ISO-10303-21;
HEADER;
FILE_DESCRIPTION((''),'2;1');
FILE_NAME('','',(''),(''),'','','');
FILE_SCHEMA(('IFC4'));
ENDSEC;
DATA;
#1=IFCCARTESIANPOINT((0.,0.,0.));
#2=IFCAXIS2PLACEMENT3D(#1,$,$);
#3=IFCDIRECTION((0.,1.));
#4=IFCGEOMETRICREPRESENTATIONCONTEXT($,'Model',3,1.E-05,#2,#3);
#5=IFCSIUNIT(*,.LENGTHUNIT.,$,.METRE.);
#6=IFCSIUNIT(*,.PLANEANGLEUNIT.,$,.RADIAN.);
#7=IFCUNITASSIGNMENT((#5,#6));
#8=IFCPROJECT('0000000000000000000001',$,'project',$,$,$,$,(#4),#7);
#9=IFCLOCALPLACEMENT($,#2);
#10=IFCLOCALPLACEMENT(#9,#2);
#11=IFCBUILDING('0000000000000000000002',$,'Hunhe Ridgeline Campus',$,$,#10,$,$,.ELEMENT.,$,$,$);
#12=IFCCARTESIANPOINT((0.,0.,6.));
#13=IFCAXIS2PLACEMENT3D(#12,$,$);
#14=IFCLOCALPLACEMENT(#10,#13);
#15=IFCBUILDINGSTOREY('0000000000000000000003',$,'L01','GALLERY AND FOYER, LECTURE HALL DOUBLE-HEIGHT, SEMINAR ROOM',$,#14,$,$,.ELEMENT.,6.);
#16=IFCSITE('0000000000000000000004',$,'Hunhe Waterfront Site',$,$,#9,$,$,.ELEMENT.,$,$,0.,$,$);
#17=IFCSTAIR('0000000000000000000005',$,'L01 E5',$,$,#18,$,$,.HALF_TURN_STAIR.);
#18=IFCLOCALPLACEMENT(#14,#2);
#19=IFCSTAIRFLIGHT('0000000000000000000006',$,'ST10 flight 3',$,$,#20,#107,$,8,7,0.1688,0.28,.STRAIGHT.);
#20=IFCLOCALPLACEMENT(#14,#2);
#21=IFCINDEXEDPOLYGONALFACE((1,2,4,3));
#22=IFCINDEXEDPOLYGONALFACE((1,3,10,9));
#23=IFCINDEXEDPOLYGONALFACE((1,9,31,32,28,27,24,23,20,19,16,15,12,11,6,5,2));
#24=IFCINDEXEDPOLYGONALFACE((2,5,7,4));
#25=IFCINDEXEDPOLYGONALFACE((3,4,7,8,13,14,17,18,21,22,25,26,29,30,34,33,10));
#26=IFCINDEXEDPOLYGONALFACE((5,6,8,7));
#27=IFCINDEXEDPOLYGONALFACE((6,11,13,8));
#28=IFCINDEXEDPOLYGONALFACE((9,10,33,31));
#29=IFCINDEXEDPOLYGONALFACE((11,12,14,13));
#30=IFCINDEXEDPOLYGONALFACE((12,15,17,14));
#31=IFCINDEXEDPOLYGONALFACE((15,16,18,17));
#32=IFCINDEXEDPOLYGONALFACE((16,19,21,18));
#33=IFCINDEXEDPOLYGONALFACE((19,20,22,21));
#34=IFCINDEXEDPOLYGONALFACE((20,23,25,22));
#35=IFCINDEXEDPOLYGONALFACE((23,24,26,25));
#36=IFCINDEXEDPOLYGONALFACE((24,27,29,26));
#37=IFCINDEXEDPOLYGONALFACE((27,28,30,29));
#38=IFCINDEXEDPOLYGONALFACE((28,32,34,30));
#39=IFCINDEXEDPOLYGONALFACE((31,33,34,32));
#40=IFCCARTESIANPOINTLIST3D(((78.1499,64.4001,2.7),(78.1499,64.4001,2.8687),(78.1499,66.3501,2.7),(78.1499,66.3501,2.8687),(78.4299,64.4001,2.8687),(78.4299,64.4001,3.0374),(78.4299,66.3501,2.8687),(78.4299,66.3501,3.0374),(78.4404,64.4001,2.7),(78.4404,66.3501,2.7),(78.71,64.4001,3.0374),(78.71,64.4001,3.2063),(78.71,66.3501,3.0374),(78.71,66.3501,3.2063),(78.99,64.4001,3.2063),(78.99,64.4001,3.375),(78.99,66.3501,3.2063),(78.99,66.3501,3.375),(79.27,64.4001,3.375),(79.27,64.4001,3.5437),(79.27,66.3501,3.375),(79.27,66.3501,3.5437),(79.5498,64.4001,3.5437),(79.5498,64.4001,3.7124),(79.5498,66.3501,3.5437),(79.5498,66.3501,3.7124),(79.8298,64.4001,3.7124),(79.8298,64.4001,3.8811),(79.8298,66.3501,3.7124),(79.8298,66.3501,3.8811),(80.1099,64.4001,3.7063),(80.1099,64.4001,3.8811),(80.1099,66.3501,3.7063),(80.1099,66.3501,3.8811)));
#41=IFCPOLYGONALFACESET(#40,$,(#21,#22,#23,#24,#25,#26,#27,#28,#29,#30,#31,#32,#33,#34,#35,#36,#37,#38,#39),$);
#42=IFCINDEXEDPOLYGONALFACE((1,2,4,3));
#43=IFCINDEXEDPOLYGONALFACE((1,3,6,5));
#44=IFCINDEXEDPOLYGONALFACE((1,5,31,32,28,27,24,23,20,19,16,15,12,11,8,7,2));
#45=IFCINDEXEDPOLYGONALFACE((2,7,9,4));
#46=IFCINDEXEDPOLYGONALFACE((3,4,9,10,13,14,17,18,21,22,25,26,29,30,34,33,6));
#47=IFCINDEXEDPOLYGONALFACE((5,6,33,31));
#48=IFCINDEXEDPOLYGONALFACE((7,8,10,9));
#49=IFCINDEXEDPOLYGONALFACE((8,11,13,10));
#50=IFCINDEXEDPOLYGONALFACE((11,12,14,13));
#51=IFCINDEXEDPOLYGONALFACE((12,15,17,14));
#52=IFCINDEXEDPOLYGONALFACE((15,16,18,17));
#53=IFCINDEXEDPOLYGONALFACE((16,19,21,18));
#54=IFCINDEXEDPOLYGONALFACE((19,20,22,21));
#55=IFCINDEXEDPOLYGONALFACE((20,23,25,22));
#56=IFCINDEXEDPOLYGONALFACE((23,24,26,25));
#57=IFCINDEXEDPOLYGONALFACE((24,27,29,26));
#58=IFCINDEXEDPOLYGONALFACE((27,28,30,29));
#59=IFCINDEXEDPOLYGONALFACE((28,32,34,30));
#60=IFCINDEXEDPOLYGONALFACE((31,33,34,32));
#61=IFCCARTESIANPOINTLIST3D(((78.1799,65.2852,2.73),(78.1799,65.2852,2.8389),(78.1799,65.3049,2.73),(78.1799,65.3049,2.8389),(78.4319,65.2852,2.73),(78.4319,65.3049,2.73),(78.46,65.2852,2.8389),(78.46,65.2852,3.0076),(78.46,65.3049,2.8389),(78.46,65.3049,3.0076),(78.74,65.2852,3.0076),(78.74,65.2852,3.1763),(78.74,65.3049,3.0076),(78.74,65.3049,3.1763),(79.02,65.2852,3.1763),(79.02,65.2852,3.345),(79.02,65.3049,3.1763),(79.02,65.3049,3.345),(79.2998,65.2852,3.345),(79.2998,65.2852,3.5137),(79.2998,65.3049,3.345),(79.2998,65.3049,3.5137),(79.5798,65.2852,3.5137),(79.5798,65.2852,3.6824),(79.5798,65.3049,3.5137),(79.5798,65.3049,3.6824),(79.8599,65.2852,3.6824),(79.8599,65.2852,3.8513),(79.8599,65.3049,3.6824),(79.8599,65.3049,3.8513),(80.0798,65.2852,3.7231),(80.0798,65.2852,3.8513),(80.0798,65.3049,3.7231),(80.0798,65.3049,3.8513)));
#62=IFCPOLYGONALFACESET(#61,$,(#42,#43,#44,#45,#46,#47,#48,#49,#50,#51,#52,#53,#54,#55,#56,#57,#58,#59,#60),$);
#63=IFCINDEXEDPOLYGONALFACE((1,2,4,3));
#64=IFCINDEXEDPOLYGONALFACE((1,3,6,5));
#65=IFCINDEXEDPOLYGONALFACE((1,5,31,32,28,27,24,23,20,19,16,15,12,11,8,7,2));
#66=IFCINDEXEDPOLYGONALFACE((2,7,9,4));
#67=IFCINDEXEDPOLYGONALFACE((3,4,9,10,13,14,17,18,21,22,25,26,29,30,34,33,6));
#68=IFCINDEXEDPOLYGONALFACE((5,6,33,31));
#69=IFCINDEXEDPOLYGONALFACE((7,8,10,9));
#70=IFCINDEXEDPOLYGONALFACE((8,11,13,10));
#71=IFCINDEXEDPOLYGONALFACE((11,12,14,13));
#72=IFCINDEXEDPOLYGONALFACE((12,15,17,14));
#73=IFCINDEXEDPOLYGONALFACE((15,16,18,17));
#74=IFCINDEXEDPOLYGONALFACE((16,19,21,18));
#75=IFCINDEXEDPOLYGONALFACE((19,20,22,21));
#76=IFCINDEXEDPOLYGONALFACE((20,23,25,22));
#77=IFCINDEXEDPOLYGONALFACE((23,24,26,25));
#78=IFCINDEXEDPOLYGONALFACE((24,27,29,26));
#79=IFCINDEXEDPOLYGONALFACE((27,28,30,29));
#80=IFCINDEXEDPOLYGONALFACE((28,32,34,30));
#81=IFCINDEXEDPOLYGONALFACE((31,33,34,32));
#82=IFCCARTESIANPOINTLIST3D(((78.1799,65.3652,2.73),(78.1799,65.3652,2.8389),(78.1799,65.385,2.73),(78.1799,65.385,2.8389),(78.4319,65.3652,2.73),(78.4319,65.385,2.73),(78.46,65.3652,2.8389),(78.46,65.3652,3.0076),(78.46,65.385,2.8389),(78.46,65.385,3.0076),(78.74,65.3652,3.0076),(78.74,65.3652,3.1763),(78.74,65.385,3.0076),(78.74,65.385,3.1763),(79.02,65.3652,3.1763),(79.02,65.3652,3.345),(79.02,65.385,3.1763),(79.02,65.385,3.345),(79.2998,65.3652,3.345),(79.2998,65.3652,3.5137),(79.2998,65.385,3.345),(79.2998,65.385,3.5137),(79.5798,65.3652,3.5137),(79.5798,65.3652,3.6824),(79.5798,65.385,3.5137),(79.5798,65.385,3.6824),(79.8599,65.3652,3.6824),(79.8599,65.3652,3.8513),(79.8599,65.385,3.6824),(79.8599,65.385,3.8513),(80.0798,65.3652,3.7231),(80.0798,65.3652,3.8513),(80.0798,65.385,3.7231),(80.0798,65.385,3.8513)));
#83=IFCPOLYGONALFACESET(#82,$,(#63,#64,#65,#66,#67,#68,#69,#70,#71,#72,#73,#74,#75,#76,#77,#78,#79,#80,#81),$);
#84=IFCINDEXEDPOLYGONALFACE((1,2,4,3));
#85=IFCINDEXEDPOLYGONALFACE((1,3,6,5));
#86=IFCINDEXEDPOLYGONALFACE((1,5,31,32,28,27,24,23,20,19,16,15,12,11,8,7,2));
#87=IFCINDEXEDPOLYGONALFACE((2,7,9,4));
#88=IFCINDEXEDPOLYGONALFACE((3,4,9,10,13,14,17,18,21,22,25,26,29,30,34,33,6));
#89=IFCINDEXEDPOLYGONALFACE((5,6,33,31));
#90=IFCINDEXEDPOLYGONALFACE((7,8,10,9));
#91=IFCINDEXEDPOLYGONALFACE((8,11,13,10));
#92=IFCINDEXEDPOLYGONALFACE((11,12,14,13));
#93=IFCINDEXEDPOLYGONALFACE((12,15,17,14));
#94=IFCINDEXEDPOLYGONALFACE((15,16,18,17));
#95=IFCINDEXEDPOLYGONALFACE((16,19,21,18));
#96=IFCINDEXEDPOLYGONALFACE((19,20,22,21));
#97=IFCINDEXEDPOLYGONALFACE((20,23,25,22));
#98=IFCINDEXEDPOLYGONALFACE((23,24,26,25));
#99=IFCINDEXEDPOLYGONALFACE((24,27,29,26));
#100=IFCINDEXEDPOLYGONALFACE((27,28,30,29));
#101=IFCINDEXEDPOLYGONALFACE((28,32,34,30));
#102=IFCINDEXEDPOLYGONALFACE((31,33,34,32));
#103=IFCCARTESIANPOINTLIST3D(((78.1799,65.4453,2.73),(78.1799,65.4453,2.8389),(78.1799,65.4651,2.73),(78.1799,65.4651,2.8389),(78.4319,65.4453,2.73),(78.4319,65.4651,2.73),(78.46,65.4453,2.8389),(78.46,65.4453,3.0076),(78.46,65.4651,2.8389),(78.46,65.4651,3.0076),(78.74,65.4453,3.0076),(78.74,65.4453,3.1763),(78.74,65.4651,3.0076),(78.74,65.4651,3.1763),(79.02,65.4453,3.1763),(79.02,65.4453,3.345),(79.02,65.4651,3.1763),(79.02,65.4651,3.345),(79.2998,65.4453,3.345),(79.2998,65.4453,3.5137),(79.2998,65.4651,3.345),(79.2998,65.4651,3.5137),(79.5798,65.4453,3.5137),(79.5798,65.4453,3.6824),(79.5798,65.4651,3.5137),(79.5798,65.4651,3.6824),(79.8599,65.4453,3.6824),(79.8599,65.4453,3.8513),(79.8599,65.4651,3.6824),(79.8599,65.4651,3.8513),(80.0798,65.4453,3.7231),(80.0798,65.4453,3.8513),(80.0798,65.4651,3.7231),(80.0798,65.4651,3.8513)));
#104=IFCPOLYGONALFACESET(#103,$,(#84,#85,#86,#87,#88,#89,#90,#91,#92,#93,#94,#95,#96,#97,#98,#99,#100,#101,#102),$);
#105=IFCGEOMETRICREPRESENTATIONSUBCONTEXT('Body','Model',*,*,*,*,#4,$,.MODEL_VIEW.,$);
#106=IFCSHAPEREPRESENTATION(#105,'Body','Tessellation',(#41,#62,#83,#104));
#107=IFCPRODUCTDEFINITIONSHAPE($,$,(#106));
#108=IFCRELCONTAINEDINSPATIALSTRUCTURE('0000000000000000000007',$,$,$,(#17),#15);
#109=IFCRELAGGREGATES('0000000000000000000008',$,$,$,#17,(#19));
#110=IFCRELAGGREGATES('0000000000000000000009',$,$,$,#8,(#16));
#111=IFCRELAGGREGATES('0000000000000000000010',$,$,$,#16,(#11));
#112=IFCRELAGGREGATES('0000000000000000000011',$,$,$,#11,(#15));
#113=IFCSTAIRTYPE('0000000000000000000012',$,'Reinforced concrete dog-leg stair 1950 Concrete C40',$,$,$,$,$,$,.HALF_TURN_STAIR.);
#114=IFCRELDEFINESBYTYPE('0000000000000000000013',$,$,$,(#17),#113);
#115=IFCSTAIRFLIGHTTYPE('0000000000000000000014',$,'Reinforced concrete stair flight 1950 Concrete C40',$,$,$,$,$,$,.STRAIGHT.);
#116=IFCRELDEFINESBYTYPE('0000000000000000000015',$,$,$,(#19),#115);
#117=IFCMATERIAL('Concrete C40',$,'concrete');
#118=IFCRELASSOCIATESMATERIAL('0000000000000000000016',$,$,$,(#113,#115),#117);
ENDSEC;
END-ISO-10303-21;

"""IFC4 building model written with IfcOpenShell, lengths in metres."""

from ifc_helpers import new_model, si_unit, direction, frame, origin, place, context, subcontext, project, spatial, polyline, outline, extrude, material, type_object, element, aggregate, save


model = new_model("IFC4")

# Units and contexts
model_context = context("Model", 3, precision=1e-05, world=origin(), true_north=direction((0.0, 1.0)))
body_context = subcontext(model_context, "Body", "Model", "MODEL_VIEW")
ifc_project = project(units=[si_unit("LENGTHUNIT", "METRE"), si_unit("PLANEANGLEUNIT", "RADIAN")], contexts=[model_context])

# Site, building, storey
site_placement = place(None, origin())
site = spatial("IfcSite", under=ifc_project, at=site_placement, Name="Hunhe Waterfront Site", CompositionType="ELEMENT", RefElevation=0.0)
building_placement = place(site_placement, origin())
building = spatial("IfcBuilding", under=site, at=building_placement, Name="Hunhe Ridgeline Campus", CompositionType="ELEMENT")
storey_placement = place(building_placement, frame((0.0, 0.0, 6.0)))
storey = spatial("IfcBuildingStorey", under=building, at=storey_placement, Name="L01", Description="GALLERY AND FOYER, LECTURE HALL DOUBLE-HEIGHT, SEMINAR ROOM", CompositionType="ELEMENT", Elevation=6.0)

# Shared definitions
ifc_material_1 = material(Name="Concrete C40", Category="concrete")

# Stair, stair flight
stair_type = type_object("IfcStairType", Name="Reinforced concrete dog-leg stair 1950 Concrete C40", PredefinedType="HALF_TURN_STAIR", material=ifc_material_1)
stair_placement = place(storey_placement, origin())
stair = element("IfcStair", 1, at=stair_placement, inside=storey, type_object=stair_type, Name="L01 E5", PredefinedType="HALF_TURN_STAIR")
stair_flight_type = type_object("IfcStairFlightType", Name="Reinforced concrete stair flight 1950 Concrete C40", PredefinedType="STRAIGHT", material=ifc_material_1)
stair_flight_1_placement = place(storey_placement, frame((78.1499, 65.375, 2.7), z_axis=(0.0, 0.0, 1.0), x_axis=(1.0, 0.0, 0.0)))
stair_flight_1 = element("IfcStairFlight", 2, at=stair_flight_1_placement, type_object=stair_flight_type, Name="ST10 flight 3", NumberOfRisers=8, NumberOfTreads=7, PredefinedType="STRAIGHT", RiserHeight=0.1688, TreadLength=0.28, context=body_context, shape_type="SweptSolid", body=[
    extrude(outline(polyline([(0.0, 0.0), (0.0, 0.1687), (0.28, 0.1687), (0.28, 0.3374), (0.5601, 0.3374), (0.5601, 0.5063), (0.8401, 0.5063), (0.8401, 0.675), (1.1201, 0.675), (1.1201, 0.8438), (1.3999, 0.8438), (1.3999, 1.0125), (1.6799, 1.0125), (1.6799, 1.1812), (1.96, 1.1812), (1.96, 1.3501), (1.96, 1.0063), (0.2905, 0.0), (0.0, 0.0)])), frame((0.0, 0.9751, 0.0), z_axis=(0.0, -1.0, 0.0), x_axis=(1.0, 0.0, 0.0)), (0.0, 0.0, 1.0), 1.95),
    extrude(outline(polyline([(0.03, 0.03), (0.03, 0.1389), (0.3101, 0.1389), (0.3101, 0.3076), (0.5901, 0.3076), (0.5901, 0.4763), (0.8701, 0.4763), (0.8701, 0.645), (1.1499, 0.645), (1.1499, 0.8137), (1.4299, 0.8137), (1.4299, 0.9824), (1.71, 0.9824), (1.71, 1.1514), (1.9299, 1.1514), (1.9299, 1.0232), (0.282, 0.03), (0.03, 0.03)])), frame((0.0, -0.0701, 0.0), z_axis=(0.0, -1.0, 0.0), x_axis=(1.0, 0.0, 0.0)), (0.0, 0.0, 1.0), 0.0198),
    extrude(outline(polyline([(0.03, 0.03), (0.03, 0.1389), (0.3101, 0.1389), (0.3101, 0.3076), (0.5901, 0.3076), (0.5901, 0.4763), (0.8701, 0.4763), (0.8701, 0.645), (1.1499, 0.645), (1.1499, 0.8137), (1.4299, 0.8137), (1.4299, 0.9824), (1.71, 0.9824), (1.71, 1.1514), (1.9299, 1.1514), (1.9299, 1.0232), (0.282, 0.03), (0.03, 0.03)])), frame((0.0, 0.01, 0.0), z_axis=(0.0, -1.0, 0.0), x_axis=(1.0, 0.0, 0.0)), (0.0, 0.0, 1.0), 0.0198),
    extrude(outline(polyline([(0.03, 0.03), (0.03, 0.1389), (0.3101, 0.1389), (0.3101, 0.3076), (0.5901, 0.3076), (0.5901, 0.4763), (0.8701, 0.4763), (0.8701, 0.645), (1.1499, 0.645), (1.1499, 0.8137), (1.4299, 0.8137), (1.4299, 0.9824), (1.71, 0.9824), (1.71, 1.1514), (1.9299, 1.1514), (1.9299, 1.0232), (0.282, 0.03), (0.03, 0.03)])), frame((0.0, 0.0901, 0.0), z_axis=(0.0, -1.0, 0.0), x_axis=(1.0, 0.0, 0.0)), (0.0, 0.0, 1.0), 0.0198),
])
aggregate(stair, [stair_flight_1])

save(model, "model.ifc")
